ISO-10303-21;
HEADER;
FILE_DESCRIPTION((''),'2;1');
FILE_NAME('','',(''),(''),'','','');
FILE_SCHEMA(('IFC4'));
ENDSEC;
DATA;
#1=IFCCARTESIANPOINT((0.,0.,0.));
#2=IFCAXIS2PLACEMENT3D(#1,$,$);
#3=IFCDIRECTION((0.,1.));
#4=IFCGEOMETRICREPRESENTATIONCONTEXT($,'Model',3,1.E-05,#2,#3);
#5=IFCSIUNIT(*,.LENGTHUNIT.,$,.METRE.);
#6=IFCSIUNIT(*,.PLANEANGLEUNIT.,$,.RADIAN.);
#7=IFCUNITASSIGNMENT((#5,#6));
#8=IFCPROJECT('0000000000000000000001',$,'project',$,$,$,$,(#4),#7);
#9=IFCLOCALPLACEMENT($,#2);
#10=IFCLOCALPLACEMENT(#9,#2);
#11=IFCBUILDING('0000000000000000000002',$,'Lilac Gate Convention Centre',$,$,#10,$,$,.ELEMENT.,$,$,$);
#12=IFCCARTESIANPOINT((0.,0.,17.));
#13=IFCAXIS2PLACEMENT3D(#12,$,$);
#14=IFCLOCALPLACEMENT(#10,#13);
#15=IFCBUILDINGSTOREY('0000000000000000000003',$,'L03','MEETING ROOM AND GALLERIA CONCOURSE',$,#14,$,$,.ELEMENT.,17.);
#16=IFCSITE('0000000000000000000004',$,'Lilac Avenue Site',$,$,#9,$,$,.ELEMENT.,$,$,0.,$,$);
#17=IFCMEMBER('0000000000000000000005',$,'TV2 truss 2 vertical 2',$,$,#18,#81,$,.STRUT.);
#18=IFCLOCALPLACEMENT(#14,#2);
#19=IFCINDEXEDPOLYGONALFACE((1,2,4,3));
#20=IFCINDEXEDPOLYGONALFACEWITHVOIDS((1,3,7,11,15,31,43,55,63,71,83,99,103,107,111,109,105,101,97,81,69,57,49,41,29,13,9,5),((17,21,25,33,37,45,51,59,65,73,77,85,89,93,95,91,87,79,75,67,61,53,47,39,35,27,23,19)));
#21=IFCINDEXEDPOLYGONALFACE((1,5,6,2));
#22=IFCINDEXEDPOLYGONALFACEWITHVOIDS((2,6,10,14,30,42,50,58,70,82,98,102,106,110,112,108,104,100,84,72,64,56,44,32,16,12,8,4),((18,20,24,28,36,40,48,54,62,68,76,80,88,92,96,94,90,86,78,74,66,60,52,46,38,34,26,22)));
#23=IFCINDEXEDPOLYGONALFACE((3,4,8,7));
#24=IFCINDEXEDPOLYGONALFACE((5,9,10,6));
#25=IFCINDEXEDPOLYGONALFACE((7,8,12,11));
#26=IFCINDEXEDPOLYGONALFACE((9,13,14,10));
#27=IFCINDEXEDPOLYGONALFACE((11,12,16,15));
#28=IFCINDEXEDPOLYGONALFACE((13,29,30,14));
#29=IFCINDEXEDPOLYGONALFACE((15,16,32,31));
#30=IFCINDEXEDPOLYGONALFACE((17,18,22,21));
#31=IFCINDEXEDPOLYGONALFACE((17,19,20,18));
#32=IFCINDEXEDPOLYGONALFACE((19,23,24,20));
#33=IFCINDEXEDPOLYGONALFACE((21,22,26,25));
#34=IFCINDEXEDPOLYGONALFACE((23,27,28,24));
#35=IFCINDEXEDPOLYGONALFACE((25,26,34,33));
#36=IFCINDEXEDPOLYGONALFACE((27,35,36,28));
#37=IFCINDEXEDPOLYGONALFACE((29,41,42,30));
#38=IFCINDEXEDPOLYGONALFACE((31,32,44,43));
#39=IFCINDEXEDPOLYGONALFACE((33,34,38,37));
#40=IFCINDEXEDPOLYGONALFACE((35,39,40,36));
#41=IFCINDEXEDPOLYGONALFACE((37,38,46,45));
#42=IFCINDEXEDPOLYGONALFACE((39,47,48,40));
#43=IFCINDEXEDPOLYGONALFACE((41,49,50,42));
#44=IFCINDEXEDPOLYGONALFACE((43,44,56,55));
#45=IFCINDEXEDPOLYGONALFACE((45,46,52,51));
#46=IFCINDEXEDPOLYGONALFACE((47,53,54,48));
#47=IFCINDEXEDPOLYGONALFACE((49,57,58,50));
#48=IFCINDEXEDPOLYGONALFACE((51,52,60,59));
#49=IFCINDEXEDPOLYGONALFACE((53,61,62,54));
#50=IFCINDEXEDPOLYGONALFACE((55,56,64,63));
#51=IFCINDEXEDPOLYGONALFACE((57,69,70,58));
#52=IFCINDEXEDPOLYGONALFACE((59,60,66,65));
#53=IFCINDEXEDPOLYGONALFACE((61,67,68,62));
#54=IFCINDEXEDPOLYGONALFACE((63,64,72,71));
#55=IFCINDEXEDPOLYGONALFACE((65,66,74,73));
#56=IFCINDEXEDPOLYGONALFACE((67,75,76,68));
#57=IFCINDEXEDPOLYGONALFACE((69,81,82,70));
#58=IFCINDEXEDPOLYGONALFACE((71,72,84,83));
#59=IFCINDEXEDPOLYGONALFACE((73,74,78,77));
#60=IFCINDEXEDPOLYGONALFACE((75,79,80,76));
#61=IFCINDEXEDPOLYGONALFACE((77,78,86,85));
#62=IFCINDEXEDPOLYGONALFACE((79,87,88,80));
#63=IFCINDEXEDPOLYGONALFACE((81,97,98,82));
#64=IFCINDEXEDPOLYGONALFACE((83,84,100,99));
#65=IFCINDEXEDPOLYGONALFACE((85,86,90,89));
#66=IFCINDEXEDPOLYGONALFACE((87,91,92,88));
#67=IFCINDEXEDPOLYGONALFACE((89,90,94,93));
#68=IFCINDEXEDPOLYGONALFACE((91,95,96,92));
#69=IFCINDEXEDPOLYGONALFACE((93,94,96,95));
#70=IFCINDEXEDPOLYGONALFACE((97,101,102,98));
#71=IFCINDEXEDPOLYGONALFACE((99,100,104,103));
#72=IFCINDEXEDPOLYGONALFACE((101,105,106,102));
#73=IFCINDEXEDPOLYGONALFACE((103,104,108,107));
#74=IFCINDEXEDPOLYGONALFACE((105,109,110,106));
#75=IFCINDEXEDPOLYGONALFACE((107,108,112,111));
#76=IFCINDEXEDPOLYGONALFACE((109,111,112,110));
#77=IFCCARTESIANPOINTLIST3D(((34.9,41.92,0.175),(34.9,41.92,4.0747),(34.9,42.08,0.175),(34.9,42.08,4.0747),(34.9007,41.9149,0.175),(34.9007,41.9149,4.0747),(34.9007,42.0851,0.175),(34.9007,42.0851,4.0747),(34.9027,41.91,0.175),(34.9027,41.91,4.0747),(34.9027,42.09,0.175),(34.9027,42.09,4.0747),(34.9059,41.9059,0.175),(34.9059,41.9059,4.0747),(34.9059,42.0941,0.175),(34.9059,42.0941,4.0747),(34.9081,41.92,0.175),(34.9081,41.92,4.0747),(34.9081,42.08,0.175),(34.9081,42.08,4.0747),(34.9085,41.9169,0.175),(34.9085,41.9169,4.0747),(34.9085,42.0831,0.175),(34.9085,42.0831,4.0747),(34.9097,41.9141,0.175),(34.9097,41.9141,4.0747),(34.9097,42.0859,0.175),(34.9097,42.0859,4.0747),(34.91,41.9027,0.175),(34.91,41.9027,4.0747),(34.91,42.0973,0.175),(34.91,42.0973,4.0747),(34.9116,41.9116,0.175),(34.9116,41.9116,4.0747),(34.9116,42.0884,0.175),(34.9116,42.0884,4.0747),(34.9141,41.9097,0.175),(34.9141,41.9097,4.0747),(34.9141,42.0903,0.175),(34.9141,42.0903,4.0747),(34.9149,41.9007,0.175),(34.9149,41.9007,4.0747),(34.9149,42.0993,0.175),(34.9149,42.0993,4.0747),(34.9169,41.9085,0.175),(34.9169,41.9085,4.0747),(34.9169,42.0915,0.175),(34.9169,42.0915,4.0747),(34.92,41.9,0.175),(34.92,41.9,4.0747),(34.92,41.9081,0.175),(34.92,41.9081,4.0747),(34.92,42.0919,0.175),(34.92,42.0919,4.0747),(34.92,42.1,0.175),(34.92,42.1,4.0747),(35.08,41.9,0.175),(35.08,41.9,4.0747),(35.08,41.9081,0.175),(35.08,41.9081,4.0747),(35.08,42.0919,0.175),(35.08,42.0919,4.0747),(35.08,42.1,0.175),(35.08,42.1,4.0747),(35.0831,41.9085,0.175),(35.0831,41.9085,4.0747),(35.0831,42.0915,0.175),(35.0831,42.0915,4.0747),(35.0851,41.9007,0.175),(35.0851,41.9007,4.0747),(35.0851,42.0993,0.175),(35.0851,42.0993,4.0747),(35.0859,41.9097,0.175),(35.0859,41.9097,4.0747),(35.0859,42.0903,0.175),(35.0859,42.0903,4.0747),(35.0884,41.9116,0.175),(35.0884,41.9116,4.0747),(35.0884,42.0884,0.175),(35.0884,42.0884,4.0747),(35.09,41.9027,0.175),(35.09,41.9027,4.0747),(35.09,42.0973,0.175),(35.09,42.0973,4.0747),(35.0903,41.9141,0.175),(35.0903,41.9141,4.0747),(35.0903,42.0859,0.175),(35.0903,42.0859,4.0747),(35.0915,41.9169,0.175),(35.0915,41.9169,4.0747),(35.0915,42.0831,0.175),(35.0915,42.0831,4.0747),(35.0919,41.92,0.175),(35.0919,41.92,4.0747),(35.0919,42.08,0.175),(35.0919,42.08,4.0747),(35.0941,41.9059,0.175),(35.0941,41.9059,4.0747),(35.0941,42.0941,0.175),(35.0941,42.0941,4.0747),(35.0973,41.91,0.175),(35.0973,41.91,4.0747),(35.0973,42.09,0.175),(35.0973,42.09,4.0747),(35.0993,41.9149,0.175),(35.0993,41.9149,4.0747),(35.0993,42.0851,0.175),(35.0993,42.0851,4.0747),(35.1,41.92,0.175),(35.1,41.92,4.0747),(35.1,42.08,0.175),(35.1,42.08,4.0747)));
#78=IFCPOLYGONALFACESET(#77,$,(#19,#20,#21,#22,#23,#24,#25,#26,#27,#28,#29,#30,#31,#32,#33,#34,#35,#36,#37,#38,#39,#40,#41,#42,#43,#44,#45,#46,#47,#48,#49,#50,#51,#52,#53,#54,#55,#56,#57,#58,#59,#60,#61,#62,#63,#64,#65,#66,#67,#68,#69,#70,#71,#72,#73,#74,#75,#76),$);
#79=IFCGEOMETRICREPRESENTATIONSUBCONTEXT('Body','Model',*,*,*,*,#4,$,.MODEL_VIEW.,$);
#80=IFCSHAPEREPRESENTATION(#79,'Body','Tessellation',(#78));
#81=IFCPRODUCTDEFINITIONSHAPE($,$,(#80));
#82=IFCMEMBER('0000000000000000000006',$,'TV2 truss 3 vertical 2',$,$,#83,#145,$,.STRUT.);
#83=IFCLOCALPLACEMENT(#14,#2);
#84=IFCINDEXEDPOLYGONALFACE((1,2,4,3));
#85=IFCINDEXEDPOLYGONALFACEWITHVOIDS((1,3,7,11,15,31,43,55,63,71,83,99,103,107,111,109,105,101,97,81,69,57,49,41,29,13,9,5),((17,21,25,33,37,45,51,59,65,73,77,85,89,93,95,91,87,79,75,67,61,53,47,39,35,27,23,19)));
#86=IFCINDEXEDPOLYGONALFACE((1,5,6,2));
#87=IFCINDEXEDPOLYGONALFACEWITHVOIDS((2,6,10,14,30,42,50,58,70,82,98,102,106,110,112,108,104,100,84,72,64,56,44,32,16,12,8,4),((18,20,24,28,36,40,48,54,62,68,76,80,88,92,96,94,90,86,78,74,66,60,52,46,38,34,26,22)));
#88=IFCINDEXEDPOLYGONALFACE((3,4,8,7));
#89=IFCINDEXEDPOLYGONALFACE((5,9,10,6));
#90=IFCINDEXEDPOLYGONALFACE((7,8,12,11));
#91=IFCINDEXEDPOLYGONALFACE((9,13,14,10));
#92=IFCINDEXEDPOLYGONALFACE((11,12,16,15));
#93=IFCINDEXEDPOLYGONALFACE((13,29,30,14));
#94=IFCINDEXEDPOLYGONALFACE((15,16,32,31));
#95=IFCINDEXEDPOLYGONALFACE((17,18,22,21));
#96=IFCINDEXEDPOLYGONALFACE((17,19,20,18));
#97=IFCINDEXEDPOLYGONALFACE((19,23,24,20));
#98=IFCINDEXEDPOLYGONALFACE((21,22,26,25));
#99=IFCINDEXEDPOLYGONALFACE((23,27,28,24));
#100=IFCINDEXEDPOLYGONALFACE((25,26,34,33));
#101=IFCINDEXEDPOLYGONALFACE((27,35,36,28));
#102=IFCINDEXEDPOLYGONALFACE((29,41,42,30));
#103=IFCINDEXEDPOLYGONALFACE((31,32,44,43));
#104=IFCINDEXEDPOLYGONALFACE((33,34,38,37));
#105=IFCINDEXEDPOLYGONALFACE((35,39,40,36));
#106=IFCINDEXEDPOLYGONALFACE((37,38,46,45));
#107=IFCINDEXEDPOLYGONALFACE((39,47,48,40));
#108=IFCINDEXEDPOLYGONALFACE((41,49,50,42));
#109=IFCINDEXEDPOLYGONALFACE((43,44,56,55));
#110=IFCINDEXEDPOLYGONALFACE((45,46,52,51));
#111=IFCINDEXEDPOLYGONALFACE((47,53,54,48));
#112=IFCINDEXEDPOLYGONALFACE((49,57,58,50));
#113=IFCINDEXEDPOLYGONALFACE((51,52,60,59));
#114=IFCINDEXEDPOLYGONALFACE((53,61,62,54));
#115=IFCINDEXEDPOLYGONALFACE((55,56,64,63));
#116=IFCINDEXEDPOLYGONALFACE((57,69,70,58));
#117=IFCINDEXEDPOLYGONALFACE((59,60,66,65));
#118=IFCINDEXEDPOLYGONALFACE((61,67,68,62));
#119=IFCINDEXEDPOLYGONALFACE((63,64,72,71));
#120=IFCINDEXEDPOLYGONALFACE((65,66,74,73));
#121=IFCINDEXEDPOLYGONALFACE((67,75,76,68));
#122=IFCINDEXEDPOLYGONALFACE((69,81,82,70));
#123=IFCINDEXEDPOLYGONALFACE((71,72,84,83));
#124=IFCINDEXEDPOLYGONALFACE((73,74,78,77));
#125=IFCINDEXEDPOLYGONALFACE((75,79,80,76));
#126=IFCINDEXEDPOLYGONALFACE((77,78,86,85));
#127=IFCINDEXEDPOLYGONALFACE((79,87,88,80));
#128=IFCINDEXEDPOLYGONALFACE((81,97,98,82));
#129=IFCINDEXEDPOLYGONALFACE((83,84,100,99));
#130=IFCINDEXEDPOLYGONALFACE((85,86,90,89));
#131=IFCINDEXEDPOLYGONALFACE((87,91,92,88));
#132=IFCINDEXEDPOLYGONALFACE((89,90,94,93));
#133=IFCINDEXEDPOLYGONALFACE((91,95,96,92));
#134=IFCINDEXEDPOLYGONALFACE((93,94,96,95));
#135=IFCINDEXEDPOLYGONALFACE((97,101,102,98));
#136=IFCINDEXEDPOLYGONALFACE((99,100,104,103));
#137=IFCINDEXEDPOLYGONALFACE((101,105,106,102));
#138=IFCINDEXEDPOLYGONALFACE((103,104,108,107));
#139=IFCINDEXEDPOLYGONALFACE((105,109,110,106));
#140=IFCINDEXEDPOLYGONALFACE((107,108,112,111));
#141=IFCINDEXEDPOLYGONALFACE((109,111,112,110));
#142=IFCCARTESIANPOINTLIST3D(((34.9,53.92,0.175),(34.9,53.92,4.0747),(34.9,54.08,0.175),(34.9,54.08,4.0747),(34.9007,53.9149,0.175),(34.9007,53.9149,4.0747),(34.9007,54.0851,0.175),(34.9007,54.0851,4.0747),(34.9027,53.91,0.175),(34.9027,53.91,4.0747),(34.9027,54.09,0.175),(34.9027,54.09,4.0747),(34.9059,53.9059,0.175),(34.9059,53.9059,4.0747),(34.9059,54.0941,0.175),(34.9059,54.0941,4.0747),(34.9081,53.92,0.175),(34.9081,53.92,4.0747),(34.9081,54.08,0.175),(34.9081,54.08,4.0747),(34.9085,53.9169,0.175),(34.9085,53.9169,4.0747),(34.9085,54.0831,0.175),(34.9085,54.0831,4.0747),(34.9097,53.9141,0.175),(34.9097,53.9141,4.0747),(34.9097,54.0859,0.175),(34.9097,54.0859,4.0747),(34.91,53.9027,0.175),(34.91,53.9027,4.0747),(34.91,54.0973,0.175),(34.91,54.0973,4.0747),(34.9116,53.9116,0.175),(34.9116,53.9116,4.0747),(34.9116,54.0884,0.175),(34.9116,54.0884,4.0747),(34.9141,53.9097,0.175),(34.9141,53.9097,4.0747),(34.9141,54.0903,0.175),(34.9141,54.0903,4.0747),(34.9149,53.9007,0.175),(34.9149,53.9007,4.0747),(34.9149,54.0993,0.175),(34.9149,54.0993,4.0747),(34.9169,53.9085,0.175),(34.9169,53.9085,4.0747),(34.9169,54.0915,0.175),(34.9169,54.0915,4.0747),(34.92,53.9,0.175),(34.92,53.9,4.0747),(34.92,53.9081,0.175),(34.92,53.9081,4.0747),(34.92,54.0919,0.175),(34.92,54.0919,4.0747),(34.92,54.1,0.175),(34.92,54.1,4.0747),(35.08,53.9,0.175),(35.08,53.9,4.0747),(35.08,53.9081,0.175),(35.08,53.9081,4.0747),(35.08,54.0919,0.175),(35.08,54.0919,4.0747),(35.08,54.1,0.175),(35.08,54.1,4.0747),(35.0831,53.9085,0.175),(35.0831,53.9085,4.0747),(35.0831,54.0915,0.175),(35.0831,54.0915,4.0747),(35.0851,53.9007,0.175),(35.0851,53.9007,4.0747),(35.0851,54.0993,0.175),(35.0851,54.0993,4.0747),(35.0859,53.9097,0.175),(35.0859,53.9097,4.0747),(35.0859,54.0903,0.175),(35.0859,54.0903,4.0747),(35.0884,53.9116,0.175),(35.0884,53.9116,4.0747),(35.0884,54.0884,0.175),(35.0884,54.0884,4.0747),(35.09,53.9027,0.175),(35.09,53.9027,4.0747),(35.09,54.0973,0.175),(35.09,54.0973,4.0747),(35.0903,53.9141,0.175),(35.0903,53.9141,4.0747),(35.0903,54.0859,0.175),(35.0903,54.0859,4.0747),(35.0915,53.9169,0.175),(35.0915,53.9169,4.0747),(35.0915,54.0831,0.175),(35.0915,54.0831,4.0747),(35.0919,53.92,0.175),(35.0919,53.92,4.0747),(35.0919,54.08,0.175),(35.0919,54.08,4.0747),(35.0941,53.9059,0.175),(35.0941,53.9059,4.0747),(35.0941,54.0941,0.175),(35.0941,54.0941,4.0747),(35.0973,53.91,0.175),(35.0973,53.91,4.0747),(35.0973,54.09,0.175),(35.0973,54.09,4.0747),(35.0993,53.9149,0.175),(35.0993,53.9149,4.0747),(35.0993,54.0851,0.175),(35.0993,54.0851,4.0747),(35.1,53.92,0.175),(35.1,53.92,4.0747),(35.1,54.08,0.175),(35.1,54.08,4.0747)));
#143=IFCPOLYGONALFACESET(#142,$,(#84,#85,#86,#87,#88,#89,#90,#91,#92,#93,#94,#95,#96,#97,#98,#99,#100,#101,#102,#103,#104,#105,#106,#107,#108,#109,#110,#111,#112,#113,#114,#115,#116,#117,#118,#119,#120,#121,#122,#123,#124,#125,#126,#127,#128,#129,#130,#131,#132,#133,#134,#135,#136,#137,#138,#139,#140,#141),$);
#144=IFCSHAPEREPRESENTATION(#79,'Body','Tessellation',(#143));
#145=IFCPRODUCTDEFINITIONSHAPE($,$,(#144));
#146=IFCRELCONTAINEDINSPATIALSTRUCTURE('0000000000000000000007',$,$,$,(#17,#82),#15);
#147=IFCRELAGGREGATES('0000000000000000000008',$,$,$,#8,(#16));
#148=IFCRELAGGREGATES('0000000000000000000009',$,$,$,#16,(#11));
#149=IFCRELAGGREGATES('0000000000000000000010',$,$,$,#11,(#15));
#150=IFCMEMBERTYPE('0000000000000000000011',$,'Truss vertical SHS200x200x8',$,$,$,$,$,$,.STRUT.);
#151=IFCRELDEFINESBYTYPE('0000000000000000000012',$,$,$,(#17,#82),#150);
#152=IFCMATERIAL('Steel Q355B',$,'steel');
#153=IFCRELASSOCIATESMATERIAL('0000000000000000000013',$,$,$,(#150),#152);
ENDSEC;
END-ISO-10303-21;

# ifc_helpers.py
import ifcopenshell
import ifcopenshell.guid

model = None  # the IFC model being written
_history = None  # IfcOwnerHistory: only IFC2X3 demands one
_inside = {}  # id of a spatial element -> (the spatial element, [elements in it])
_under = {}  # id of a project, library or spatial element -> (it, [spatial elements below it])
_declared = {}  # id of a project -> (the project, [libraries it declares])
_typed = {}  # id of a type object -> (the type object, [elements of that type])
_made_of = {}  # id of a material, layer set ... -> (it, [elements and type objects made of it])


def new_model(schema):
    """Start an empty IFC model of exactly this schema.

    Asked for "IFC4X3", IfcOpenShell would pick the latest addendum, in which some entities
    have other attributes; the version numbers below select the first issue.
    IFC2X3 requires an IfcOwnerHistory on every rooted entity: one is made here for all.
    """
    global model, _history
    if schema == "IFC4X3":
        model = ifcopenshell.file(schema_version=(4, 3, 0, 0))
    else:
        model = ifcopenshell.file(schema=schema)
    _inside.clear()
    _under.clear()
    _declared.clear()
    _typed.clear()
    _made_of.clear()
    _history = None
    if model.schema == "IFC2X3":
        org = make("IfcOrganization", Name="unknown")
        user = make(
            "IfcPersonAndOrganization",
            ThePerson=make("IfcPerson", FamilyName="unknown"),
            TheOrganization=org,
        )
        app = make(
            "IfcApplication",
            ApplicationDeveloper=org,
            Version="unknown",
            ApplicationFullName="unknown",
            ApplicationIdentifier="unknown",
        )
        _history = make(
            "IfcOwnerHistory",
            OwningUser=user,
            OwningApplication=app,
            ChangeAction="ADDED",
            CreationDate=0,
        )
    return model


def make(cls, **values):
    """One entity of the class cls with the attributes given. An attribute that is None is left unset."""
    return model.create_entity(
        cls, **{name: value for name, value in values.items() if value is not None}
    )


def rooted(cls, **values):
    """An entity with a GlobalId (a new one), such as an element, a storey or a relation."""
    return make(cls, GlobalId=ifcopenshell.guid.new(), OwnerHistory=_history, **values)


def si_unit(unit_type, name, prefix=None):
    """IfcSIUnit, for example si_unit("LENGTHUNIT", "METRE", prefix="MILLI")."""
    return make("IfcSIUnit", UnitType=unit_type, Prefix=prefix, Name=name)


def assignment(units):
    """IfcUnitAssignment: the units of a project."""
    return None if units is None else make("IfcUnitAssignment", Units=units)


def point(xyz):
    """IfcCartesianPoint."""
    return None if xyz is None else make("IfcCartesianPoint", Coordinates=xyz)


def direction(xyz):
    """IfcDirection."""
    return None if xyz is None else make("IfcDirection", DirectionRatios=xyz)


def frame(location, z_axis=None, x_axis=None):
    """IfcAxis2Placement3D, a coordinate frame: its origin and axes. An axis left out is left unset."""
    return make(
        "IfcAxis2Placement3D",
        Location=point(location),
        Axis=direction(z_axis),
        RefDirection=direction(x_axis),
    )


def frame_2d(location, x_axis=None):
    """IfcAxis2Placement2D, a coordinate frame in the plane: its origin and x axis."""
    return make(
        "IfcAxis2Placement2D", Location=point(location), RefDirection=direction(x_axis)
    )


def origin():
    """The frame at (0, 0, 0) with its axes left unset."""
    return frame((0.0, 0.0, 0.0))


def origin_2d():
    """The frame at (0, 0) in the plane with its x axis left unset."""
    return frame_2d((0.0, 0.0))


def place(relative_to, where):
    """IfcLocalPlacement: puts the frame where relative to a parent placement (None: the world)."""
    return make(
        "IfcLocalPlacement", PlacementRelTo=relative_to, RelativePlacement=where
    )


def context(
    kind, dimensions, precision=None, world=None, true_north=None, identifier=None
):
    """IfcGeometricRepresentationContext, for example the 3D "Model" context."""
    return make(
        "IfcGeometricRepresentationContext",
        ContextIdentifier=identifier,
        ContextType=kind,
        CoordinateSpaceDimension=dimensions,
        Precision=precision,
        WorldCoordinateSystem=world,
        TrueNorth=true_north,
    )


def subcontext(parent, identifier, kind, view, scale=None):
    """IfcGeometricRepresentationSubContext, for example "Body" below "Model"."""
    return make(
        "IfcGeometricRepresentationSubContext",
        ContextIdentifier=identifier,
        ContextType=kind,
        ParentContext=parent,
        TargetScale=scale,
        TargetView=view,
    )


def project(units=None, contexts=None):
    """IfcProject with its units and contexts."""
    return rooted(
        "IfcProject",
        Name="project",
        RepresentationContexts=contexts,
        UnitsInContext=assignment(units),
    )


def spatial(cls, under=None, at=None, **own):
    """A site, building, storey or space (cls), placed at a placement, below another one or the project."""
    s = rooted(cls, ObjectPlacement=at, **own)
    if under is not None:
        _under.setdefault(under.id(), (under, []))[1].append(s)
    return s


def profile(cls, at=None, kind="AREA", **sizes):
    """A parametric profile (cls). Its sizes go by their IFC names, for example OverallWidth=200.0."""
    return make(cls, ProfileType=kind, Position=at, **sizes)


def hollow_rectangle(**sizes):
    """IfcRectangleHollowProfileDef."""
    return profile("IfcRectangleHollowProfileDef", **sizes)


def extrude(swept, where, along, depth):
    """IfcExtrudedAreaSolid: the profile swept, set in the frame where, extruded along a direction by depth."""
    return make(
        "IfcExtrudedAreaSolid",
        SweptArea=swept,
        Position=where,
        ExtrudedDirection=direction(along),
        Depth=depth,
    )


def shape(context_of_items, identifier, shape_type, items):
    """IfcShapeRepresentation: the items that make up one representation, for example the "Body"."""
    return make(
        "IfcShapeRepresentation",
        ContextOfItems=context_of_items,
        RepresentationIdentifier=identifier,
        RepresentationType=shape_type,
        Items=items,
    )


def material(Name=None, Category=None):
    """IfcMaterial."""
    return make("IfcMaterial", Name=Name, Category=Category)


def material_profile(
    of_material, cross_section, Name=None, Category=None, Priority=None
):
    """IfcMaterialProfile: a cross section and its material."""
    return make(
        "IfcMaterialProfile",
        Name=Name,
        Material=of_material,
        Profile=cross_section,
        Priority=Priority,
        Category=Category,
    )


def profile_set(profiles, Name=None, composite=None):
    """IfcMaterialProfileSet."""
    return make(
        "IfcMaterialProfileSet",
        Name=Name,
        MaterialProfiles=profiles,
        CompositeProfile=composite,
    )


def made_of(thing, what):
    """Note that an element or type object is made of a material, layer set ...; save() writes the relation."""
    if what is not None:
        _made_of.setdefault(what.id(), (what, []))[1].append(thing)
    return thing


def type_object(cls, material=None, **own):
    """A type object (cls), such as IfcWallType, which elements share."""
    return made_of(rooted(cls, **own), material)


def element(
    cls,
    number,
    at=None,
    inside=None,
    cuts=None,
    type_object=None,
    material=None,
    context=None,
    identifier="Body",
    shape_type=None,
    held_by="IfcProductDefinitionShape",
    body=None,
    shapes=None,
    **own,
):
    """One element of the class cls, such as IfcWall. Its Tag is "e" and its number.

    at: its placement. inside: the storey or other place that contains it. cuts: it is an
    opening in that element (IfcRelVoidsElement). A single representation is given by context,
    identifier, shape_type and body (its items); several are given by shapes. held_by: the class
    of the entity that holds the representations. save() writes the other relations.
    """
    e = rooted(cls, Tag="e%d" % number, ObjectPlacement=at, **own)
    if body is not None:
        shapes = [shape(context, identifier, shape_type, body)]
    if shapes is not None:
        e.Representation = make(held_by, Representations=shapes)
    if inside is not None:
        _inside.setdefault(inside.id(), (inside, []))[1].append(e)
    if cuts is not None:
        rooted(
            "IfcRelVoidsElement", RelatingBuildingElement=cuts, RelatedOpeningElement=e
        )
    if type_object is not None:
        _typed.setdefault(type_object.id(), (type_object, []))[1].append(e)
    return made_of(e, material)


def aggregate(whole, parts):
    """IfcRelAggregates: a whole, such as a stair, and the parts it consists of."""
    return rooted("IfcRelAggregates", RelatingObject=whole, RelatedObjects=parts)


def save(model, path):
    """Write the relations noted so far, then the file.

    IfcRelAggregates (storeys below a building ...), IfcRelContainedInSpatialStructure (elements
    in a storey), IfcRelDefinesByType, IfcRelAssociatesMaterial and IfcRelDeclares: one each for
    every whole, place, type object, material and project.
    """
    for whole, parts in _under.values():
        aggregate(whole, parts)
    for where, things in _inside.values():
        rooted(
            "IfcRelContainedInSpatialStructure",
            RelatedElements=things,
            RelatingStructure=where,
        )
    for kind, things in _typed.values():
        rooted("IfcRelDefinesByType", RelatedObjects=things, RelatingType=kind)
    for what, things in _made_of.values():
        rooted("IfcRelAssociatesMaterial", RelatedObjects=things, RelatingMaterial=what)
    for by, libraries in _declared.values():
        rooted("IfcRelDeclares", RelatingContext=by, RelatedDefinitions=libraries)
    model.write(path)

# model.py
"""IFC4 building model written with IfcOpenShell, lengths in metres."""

from ifc_helpers import new_model, si_unit, direction, frame, origin, origin_2d, place, context, subcontext, project, spatial, hollow_rectangle, extrude, material, material_profile, profile_set, type_object, element, save


model = new_model("IFC4")

# Units and contexts
model_context = context("Model", 3, precision=1e-05, world=origin(), true_north=direction((0.0, 1.0)))
body_context = subcontext(model_context, "Body", "Model", "MODEL_VIEW")
ifc_project = project(units=[si_unit("LENGTHUNIT", "METRE"), si_unit("PLANEANGLEUNIT", "RADIAN")], contexts=[model_context])

# Site, building, storey
site_placement = place(None, origin())
site = spatial("IfcSite", under=ifc_project, at=site_placement, Name="Lilac Avenue Site", CompositionType="ELEMENT", RefElevation=0.0)
building_placement = place(site_placement, origin())
building = spatial("IfcBuilding", under=site, at=building_placement, Name="Lilac Gate Convention Centre", CompositionType="ELEMENT")
storey_placement = place(building_placement, frame((0.0, 0.0, 17.0)))
storey = spatial("IfcBuildingStorey", under=building, at=storey_placement, Name="L03", Description="MEETING ROOM AND GALLERIA CONCOURSE", CompositionType="ELEMENT", Elevation=17.0)

# Shared definitions
ifc_material_1 = material(Name="Steel Q355B", Category="steel")

# Members
ifc_material_profile_1 = material_profile(ifc_material_1, hollow_rectangle(XDim=0.2, YDim=0.2, WallThickness=0.0081, InnerFilletRadius=0.012, OuterFilletRadius=0.02, at=origin_2d()), Name="SHS200x200x8")
ifc_profile_set_1 = profile_set([ifc_material_profile_1], Name="Steel Q355B")
member_type_1 = type_object("IfcMemberType", Name="Truss vertical SHS200x200x8", PredefinedType="STRUT", material=ifc_profile_set_1)
for number, where, z_axis, x_axis, name in (
    (1, (35.0, 42.0, 0.175), (0.0, 0.0, 1.0), (1.0, 0.0, 0.0), "TV2 truss 2 vertical 2"),
    (2, (35.0, 54.0, 0.175), (0.0, 0.0, 1.0), (1.0, 0.0, 0.0), "TV2 truss 3 vertical 2"),
):
    element("IfcMember", number, at=place(storey_placement, frame(where, z_axis=z_axis, x_axis=x_axis)), inside=storey, type_object=member_type_1, Name=name, PredefinedType="STRUT", context=body_context, shape_type="SweptSolid", body=[
        extrude(hollow_rectangle(XDim=0.2, YDim=0.2, WallThickness=0.0081, InnerFilletRadius=0.012, OuterFilletRadius=0.02, at=origin_2d()), origin(), (0.0, 0.0, 1.0), 3.8997),
    ])

save(model, "model.ifc")
